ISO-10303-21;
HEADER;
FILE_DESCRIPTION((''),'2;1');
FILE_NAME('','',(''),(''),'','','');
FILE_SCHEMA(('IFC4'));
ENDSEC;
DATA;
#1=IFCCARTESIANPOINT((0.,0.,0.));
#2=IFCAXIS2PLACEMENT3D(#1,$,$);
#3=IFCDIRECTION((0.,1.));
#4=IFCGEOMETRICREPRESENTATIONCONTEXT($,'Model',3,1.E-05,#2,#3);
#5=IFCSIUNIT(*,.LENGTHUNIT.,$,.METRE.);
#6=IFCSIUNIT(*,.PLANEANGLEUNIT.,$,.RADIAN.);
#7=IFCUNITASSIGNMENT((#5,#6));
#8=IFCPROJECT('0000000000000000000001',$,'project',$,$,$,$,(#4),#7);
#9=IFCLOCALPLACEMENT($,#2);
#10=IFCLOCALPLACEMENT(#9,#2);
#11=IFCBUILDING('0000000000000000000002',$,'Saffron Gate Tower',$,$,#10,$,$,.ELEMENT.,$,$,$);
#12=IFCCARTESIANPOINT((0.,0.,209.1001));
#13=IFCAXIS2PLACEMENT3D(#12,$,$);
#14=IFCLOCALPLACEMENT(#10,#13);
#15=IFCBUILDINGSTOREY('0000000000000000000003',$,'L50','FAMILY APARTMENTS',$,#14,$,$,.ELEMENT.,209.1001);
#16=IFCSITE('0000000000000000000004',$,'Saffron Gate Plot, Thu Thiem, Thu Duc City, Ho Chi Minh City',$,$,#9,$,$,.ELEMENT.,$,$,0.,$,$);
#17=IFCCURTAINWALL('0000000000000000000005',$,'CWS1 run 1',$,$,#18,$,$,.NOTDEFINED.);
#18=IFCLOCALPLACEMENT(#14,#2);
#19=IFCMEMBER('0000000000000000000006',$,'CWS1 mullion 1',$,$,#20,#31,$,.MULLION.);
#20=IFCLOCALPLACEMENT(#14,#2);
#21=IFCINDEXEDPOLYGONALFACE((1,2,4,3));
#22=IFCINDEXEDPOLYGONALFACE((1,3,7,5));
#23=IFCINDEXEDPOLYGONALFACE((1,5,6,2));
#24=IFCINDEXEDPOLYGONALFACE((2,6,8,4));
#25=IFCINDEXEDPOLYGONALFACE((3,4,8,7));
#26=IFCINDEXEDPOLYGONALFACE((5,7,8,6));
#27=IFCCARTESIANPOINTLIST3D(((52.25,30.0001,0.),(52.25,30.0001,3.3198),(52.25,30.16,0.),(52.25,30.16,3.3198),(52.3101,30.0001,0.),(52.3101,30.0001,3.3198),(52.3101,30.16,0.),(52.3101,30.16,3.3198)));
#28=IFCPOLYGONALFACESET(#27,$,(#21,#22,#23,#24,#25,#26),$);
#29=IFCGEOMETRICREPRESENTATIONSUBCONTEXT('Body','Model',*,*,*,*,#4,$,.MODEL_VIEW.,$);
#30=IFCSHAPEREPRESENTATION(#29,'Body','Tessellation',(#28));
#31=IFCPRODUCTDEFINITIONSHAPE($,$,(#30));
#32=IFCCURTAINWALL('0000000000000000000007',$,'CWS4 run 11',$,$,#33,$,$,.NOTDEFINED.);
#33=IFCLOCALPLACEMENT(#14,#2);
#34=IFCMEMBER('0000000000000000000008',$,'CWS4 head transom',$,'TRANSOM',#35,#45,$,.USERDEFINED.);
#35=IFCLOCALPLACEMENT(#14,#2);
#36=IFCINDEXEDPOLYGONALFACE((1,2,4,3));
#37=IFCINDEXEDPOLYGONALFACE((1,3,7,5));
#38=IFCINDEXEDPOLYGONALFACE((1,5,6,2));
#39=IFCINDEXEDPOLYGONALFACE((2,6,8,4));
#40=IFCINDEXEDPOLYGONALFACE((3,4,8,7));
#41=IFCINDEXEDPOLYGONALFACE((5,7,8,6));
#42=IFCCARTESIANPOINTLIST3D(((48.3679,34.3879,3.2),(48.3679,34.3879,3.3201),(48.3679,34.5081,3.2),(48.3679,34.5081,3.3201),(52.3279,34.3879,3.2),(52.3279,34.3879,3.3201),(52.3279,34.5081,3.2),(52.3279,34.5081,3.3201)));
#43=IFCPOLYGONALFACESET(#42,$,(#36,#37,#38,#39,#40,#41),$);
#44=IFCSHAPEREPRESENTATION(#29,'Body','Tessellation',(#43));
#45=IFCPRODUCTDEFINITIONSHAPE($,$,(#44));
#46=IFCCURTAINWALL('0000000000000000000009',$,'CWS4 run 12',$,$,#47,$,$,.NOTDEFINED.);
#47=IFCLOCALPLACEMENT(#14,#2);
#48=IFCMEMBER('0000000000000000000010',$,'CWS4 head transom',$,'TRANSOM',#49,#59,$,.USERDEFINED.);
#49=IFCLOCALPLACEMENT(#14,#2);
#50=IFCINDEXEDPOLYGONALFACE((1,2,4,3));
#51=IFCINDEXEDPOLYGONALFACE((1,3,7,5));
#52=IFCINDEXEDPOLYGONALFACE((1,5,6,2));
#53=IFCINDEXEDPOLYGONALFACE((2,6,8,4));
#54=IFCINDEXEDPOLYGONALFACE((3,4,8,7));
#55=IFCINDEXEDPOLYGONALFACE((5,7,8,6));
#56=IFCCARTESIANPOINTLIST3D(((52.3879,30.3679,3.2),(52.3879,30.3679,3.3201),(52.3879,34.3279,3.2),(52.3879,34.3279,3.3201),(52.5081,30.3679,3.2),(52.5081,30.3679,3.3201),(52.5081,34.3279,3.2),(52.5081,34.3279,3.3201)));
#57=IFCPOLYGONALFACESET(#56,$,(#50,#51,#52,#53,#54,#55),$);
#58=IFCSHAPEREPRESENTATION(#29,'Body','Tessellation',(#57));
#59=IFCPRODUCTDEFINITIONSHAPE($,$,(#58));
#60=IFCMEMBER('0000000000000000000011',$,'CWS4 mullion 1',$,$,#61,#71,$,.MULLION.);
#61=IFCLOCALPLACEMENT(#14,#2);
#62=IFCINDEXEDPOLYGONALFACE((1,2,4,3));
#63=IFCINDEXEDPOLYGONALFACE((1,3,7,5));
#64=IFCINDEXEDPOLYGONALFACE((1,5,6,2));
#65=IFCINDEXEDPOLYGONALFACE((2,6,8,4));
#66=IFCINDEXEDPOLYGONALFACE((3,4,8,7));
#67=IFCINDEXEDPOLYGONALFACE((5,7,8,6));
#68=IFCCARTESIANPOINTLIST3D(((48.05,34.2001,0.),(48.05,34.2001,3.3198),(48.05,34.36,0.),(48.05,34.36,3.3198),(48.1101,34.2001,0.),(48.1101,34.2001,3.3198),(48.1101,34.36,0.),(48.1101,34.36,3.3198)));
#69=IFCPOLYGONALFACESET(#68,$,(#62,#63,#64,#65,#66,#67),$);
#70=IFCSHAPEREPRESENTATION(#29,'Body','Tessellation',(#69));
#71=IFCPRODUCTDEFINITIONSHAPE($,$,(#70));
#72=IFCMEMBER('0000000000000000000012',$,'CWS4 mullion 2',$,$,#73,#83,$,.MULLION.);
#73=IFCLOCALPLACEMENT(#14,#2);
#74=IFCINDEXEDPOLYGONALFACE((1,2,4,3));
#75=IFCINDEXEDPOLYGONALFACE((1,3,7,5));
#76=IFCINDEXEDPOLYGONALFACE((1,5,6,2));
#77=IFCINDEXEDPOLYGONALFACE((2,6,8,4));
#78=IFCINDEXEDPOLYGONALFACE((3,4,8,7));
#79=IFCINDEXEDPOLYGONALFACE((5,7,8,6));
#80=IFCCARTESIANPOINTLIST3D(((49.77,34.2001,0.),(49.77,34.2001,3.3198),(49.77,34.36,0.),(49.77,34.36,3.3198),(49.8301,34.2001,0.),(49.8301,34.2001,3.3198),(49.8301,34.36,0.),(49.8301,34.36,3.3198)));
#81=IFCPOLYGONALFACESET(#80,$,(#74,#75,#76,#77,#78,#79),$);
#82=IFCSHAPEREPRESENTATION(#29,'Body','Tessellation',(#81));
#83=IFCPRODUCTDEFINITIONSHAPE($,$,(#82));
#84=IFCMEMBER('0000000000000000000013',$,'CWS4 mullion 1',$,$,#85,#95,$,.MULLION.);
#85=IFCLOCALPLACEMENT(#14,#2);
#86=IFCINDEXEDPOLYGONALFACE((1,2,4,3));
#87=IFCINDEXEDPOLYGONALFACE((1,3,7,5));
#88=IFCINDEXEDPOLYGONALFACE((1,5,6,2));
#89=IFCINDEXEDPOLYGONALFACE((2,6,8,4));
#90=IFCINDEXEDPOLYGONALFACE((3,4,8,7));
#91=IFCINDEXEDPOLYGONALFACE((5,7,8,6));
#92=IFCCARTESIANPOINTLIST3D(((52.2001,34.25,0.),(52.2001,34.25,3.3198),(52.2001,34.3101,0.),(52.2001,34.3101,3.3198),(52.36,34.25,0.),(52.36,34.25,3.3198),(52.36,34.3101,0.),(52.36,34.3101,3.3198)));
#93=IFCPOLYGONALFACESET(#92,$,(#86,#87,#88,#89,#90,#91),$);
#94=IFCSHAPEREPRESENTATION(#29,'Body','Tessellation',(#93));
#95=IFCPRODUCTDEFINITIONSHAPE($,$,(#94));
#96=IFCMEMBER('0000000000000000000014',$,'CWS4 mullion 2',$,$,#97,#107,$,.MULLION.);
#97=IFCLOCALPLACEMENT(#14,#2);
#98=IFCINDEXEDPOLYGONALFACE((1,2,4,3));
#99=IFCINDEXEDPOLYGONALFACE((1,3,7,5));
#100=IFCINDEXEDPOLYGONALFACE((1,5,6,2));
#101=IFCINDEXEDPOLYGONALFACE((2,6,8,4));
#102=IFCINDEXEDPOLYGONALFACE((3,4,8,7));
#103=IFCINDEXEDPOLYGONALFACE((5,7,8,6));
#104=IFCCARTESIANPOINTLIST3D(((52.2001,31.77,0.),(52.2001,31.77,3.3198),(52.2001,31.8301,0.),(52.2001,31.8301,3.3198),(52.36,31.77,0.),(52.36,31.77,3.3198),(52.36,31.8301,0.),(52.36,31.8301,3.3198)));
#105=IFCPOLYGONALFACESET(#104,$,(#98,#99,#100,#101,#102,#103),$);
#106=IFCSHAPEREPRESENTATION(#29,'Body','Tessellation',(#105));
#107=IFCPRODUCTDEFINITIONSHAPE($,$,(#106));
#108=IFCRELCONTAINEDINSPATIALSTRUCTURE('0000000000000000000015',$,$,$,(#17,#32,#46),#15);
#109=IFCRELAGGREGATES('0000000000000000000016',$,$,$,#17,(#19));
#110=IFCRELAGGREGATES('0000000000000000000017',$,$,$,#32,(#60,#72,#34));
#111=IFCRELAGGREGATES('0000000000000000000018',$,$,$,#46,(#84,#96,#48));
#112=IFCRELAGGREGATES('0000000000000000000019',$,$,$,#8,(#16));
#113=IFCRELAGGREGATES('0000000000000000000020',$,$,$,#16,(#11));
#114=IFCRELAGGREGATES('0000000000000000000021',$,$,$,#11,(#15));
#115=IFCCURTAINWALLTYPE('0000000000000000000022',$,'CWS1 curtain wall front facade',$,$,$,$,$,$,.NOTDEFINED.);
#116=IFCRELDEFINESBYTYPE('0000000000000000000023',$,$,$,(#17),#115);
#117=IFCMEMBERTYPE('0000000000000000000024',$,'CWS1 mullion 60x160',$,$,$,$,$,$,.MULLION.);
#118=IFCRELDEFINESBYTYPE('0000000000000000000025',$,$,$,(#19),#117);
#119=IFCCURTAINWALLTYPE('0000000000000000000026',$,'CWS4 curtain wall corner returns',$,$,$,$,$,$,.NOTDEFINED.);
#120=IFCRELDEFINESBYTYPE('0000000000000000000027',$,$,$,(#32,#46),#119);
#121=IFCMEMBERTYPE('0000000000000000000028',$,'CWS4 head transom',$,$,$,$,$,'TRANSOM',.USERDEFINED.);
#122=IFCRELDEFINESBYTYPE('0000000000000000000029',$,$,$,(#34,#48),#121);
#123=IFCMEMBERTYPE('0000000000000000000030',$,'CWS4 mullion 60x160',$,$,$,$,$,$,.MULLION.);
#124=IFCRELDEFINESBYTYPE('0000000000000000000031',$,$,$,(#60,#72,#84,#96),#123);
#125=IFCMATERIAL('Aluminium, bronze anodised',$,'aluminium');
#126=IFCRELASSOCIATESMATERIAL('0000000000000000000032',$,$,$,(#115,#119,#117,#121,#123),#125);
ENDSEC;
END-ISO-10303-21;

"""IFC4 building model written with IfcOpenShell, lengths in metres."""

from ifc_helpers import new_model, si_unit, direction, frame, origin, origin_2d, place, context, subcontext, project, spatial, rectangle, extrude, material, material_profile, profile_set, type_object, element, aggregate, save


model = new_model("IFC4")

# Units and contexts
model_context = context("Model", 3, precision=1e-05, world=origin(), true_north=direction((0.0, 1.0)))
body_context = subcontext(model_context, "Body", "Model", "MODEL_VIEW")
ifc_project = project(units=[si_unit("LENGTHUNIT", "METRE"), si_unit("PLANEANGLEUNIT", "RADIAN")], contexts=[model_context])

# Site, building, storey
site_placement = place(None, origin())
site = spatial("IfcSite", under=ifc_project, at=site_placement, Name="Saffron Gate Plot, Thu Thiem, Thu Duc City, Ho Chi Minh City", CompositionType="ELEMENT", RefElevation=0.0)
building_placement = place(site_placement, origin())
building = spatial("IfcBuilding", under=site, at=building_placement, Name="Saffron Gate Tower", CompositionType="ELEMENT")
storey_placement = place(building_placement, frame((0.0, 0.0, 209.1001)))
storey = spatial("IfcBuildingStorey", under=building, at=storey_placement, Name="L50", Description="FAMILY APARTMENTS", CompositionType="ELEMENT", Elevation=209.1001)

# Curtain walls, members
ifc_material_1 = material(Name="Aluminium, bronze anodised", Category="aluminium")
curtain_wall_type_1 = type_object("IfcCurtainWallType", Name="CWS1 curtain wall front facade", PredefinedType="NOTDEFINED", material=ifc_material_1)
curtain_wall_1_placement = place(storey_placement, origin())
curtain_wall_1 = element("IfcCurtainWall", 1, at=curtain_wall_1_placement, inside=storey, type_object=curtain_wall_type_1, Name="CWS1 run 1", PredefinedType="NOTDEFINED")
ifc_material_profile_1 = material_profile(ifc_material_1, rectangle(XDim=0.1599, YDim=0.0601, at=origin_2d()))
ifc_profile_set_1 = profile_set([ifc_material_profile_1], Name="Aluminium, bronze anodised")
member_type_1 = type_object("IfcMemberType", Name="CWS1 mullion 60x160", PredefinedType="MULLION", material=ifc_profile_set_1)
member_1_placement = place(storey_placement, frame((52.28, 30.0801, 0.0), z_axis=(0.0, 0.0, 1.0), x_axis=(0.0, 1.0, 0.0)))
member_1 = element("IfcMember", 2, at=member_1_placement, type_object=member_type_1, Name="CWS1 mullion 1", PredefinedType="MULLION", context=body_context, shape_type="SweptSolid", body=[
    extrude(rectangle(XDim=0.1599, YDim=0.0601, at=origin_2d()), origin(), (0.0, 0.0, 1.0), 3.3198),
])
curtain_wall_type_2 = type_object("IfcCurtainWallType", Name="CWS4 curtain wall corner returns", PredefinedType="NOTDEFINED", material=ifc_material_1)
curtain_wall_2_placement = place(storey_placement, origin())
curtain_wall_2 = element("IfcCurtainWall", 3, at=curtain_wall_2_placement, inside=storey, type_object=curtain_wall_type_2, Name="CWS4 run 11", PredefinedType="NOTDEFINED")
ifc_material_profile_2 = material_profile(ifc_material_1, rectangle(XDim=0.1201, YDim=0.1201, at=origin_2d()))
ifc_profile_set_2 = profile_set([ifc_material_profile_2], Name="Aluminium, bronze anodised")
member_type_2 = type_object("IfcMemberType", Name="CWS4 head transom", ElementType="TRANSOM", PredefinedType="USERDEFINED", material=ifc_profile_set_2)
member_2_placement = place(storey_placement, frame((48.3679, 34.448, 3.26), z_axis=(1.0, 0.0, 0.0), x_axis=(0.0, 1.0, 0.0)))
member_2 = element("IfcMember", 4, at=member_2_placement, type_object=member_type_2, Name="CWS4 head transom", ObjectType="TRANSOM", PredefinedType="USERDEFINED", context=body_context, shape_type="SweptSolid", body=[
    extrude(rectangle(XDim=0.1201, YDim=0.1201, at=origin_2d()), origin(), (0.0, 0.0, 1.0), 3.96),
])
curtain_wall_3_placement = place(storey_placement, origin())
curtain_wall_3 = element("IfcCurtainWall", 5, at=curtain_wall_3_placement, inside=storey, type_object=curtain_wall_type_2, Name="CWS4 run 12", PredefinedType="NOTDEFINED")
member_3_placement = place(storey_placement, frame((52.448, 34.3279, 3.26), z_axis=(0.0, -1.0, 0.0), x_axis=(1.0, 0.0, 0.0)))
member_3 = element("IfcMember", 6, at=member_3_placement, type_object=member_type_2, Name="CWS4 head transom", ObjectType="TRANSOM", PredefinedType="USERDEFINED", context=body_context, shape_type="SweptSolid", body=[
    extrude(rectangle(XDim=0.1201, YDim=0.1201, at=origin_2d()), origin(), (0.0, 0.0, 1.0), 3.96),
])

# Members
ifc_material_profile_3 = material_profile(ifc_material_1, rectangle(XDim=0.1599, YDim=0.0601, at=origin_2d()))
ifc_profile_set_3 = profile_set([ifc_material_profile_3], Name="Aluminium, bronze anodised")
member_type_3 = type_object("IfcMemberType", Name="CWS4 mullion 60x160", PredefinedType="MULLION", material=ifc_profile_set_3)
member_4_placement = place(storey_placement, frame((48.0801, 34.28, 0.0), z_axis=(0.0, 0.0, 1.0), x_axis=(0.0, 1.0, 0.0)))
member_4 = element("IfcMember", 7, at=member_4_placement, type_object=member_type_3, Name="CWS4 mullion 1", PredefinedType="MULLION", context=body_context, shape_type="SweptSolid", body=[
    extrude(rectangle(XDim=0.1599, YDim=0.0601, at=origin_2d()), origin(), (0.0, 0.0, 1.0), 3.3198),
])
member_5_placement = place(storey_placement, frame((49.8, 34.28, 0.0), z_axis=(0.0, 0.0, 1.0), x_axis=(0.0, 1.0, 0.0)))
member_5 = element("IfcMember", 8, at=member_5_placement, type_object=member_type_3, Name="CWS4 mullion 2", PredefinedType="MULLION", context=body_context, shape_type="SweptSolid", body=[
    extrude(rectangle(XDim=0.1599, YDim=0.0601, at=origin_2d()), origin(), (0.0, 0.0, 1.0), 3.3198),
])
member_6_placement = place(storey_placement, frame((52.28, 34.28, 0.0), z_axis=(0.0, 0.0, 1.0), x_axis=(1.0, 0.0, 0.0)))
member_6 = element("IfcMember", 9, at=member_6_placement, type_object=member_type_3, Name="CWS4 mullion 1", PredefinedType="MULLION", context=body_context, shape_type="SweptSolid", body=[
    extrude(rectangle(XDim=0.1599, YDim=0.0601, at=origin_2d()), origin(), (0.0, 0.0, 1.0), 3.3198),
])
member_7_placement = place(storey_placement, frame((52.28, 31.8, 0.0), z_axis=(0.0, 0.0, 1.0), x_axis=(1.0, 0.0, 0.0)))
member_7 = element("IfcMember", 10, at=member_7_placement, type_object=member_type_3, Name="CWS4 mullion 2", PredefinedType="MULLION", context=body_context, shape_type="SweptSolid", body=[
    extrude(rectangle(XDim=0.1599, YDim=0.0601, at=origin_2d()), origin(), (0.0, 0.0, 1.0), 3.3198),
])

aggregate(curtain_wall_1, [member_1])

aggregate(curtain_wall_2, [member_4, member_5, member_2])
aggregate(curtain_wall_3, [member_6, member_7, member_3])

save(model, "model.ifc")
